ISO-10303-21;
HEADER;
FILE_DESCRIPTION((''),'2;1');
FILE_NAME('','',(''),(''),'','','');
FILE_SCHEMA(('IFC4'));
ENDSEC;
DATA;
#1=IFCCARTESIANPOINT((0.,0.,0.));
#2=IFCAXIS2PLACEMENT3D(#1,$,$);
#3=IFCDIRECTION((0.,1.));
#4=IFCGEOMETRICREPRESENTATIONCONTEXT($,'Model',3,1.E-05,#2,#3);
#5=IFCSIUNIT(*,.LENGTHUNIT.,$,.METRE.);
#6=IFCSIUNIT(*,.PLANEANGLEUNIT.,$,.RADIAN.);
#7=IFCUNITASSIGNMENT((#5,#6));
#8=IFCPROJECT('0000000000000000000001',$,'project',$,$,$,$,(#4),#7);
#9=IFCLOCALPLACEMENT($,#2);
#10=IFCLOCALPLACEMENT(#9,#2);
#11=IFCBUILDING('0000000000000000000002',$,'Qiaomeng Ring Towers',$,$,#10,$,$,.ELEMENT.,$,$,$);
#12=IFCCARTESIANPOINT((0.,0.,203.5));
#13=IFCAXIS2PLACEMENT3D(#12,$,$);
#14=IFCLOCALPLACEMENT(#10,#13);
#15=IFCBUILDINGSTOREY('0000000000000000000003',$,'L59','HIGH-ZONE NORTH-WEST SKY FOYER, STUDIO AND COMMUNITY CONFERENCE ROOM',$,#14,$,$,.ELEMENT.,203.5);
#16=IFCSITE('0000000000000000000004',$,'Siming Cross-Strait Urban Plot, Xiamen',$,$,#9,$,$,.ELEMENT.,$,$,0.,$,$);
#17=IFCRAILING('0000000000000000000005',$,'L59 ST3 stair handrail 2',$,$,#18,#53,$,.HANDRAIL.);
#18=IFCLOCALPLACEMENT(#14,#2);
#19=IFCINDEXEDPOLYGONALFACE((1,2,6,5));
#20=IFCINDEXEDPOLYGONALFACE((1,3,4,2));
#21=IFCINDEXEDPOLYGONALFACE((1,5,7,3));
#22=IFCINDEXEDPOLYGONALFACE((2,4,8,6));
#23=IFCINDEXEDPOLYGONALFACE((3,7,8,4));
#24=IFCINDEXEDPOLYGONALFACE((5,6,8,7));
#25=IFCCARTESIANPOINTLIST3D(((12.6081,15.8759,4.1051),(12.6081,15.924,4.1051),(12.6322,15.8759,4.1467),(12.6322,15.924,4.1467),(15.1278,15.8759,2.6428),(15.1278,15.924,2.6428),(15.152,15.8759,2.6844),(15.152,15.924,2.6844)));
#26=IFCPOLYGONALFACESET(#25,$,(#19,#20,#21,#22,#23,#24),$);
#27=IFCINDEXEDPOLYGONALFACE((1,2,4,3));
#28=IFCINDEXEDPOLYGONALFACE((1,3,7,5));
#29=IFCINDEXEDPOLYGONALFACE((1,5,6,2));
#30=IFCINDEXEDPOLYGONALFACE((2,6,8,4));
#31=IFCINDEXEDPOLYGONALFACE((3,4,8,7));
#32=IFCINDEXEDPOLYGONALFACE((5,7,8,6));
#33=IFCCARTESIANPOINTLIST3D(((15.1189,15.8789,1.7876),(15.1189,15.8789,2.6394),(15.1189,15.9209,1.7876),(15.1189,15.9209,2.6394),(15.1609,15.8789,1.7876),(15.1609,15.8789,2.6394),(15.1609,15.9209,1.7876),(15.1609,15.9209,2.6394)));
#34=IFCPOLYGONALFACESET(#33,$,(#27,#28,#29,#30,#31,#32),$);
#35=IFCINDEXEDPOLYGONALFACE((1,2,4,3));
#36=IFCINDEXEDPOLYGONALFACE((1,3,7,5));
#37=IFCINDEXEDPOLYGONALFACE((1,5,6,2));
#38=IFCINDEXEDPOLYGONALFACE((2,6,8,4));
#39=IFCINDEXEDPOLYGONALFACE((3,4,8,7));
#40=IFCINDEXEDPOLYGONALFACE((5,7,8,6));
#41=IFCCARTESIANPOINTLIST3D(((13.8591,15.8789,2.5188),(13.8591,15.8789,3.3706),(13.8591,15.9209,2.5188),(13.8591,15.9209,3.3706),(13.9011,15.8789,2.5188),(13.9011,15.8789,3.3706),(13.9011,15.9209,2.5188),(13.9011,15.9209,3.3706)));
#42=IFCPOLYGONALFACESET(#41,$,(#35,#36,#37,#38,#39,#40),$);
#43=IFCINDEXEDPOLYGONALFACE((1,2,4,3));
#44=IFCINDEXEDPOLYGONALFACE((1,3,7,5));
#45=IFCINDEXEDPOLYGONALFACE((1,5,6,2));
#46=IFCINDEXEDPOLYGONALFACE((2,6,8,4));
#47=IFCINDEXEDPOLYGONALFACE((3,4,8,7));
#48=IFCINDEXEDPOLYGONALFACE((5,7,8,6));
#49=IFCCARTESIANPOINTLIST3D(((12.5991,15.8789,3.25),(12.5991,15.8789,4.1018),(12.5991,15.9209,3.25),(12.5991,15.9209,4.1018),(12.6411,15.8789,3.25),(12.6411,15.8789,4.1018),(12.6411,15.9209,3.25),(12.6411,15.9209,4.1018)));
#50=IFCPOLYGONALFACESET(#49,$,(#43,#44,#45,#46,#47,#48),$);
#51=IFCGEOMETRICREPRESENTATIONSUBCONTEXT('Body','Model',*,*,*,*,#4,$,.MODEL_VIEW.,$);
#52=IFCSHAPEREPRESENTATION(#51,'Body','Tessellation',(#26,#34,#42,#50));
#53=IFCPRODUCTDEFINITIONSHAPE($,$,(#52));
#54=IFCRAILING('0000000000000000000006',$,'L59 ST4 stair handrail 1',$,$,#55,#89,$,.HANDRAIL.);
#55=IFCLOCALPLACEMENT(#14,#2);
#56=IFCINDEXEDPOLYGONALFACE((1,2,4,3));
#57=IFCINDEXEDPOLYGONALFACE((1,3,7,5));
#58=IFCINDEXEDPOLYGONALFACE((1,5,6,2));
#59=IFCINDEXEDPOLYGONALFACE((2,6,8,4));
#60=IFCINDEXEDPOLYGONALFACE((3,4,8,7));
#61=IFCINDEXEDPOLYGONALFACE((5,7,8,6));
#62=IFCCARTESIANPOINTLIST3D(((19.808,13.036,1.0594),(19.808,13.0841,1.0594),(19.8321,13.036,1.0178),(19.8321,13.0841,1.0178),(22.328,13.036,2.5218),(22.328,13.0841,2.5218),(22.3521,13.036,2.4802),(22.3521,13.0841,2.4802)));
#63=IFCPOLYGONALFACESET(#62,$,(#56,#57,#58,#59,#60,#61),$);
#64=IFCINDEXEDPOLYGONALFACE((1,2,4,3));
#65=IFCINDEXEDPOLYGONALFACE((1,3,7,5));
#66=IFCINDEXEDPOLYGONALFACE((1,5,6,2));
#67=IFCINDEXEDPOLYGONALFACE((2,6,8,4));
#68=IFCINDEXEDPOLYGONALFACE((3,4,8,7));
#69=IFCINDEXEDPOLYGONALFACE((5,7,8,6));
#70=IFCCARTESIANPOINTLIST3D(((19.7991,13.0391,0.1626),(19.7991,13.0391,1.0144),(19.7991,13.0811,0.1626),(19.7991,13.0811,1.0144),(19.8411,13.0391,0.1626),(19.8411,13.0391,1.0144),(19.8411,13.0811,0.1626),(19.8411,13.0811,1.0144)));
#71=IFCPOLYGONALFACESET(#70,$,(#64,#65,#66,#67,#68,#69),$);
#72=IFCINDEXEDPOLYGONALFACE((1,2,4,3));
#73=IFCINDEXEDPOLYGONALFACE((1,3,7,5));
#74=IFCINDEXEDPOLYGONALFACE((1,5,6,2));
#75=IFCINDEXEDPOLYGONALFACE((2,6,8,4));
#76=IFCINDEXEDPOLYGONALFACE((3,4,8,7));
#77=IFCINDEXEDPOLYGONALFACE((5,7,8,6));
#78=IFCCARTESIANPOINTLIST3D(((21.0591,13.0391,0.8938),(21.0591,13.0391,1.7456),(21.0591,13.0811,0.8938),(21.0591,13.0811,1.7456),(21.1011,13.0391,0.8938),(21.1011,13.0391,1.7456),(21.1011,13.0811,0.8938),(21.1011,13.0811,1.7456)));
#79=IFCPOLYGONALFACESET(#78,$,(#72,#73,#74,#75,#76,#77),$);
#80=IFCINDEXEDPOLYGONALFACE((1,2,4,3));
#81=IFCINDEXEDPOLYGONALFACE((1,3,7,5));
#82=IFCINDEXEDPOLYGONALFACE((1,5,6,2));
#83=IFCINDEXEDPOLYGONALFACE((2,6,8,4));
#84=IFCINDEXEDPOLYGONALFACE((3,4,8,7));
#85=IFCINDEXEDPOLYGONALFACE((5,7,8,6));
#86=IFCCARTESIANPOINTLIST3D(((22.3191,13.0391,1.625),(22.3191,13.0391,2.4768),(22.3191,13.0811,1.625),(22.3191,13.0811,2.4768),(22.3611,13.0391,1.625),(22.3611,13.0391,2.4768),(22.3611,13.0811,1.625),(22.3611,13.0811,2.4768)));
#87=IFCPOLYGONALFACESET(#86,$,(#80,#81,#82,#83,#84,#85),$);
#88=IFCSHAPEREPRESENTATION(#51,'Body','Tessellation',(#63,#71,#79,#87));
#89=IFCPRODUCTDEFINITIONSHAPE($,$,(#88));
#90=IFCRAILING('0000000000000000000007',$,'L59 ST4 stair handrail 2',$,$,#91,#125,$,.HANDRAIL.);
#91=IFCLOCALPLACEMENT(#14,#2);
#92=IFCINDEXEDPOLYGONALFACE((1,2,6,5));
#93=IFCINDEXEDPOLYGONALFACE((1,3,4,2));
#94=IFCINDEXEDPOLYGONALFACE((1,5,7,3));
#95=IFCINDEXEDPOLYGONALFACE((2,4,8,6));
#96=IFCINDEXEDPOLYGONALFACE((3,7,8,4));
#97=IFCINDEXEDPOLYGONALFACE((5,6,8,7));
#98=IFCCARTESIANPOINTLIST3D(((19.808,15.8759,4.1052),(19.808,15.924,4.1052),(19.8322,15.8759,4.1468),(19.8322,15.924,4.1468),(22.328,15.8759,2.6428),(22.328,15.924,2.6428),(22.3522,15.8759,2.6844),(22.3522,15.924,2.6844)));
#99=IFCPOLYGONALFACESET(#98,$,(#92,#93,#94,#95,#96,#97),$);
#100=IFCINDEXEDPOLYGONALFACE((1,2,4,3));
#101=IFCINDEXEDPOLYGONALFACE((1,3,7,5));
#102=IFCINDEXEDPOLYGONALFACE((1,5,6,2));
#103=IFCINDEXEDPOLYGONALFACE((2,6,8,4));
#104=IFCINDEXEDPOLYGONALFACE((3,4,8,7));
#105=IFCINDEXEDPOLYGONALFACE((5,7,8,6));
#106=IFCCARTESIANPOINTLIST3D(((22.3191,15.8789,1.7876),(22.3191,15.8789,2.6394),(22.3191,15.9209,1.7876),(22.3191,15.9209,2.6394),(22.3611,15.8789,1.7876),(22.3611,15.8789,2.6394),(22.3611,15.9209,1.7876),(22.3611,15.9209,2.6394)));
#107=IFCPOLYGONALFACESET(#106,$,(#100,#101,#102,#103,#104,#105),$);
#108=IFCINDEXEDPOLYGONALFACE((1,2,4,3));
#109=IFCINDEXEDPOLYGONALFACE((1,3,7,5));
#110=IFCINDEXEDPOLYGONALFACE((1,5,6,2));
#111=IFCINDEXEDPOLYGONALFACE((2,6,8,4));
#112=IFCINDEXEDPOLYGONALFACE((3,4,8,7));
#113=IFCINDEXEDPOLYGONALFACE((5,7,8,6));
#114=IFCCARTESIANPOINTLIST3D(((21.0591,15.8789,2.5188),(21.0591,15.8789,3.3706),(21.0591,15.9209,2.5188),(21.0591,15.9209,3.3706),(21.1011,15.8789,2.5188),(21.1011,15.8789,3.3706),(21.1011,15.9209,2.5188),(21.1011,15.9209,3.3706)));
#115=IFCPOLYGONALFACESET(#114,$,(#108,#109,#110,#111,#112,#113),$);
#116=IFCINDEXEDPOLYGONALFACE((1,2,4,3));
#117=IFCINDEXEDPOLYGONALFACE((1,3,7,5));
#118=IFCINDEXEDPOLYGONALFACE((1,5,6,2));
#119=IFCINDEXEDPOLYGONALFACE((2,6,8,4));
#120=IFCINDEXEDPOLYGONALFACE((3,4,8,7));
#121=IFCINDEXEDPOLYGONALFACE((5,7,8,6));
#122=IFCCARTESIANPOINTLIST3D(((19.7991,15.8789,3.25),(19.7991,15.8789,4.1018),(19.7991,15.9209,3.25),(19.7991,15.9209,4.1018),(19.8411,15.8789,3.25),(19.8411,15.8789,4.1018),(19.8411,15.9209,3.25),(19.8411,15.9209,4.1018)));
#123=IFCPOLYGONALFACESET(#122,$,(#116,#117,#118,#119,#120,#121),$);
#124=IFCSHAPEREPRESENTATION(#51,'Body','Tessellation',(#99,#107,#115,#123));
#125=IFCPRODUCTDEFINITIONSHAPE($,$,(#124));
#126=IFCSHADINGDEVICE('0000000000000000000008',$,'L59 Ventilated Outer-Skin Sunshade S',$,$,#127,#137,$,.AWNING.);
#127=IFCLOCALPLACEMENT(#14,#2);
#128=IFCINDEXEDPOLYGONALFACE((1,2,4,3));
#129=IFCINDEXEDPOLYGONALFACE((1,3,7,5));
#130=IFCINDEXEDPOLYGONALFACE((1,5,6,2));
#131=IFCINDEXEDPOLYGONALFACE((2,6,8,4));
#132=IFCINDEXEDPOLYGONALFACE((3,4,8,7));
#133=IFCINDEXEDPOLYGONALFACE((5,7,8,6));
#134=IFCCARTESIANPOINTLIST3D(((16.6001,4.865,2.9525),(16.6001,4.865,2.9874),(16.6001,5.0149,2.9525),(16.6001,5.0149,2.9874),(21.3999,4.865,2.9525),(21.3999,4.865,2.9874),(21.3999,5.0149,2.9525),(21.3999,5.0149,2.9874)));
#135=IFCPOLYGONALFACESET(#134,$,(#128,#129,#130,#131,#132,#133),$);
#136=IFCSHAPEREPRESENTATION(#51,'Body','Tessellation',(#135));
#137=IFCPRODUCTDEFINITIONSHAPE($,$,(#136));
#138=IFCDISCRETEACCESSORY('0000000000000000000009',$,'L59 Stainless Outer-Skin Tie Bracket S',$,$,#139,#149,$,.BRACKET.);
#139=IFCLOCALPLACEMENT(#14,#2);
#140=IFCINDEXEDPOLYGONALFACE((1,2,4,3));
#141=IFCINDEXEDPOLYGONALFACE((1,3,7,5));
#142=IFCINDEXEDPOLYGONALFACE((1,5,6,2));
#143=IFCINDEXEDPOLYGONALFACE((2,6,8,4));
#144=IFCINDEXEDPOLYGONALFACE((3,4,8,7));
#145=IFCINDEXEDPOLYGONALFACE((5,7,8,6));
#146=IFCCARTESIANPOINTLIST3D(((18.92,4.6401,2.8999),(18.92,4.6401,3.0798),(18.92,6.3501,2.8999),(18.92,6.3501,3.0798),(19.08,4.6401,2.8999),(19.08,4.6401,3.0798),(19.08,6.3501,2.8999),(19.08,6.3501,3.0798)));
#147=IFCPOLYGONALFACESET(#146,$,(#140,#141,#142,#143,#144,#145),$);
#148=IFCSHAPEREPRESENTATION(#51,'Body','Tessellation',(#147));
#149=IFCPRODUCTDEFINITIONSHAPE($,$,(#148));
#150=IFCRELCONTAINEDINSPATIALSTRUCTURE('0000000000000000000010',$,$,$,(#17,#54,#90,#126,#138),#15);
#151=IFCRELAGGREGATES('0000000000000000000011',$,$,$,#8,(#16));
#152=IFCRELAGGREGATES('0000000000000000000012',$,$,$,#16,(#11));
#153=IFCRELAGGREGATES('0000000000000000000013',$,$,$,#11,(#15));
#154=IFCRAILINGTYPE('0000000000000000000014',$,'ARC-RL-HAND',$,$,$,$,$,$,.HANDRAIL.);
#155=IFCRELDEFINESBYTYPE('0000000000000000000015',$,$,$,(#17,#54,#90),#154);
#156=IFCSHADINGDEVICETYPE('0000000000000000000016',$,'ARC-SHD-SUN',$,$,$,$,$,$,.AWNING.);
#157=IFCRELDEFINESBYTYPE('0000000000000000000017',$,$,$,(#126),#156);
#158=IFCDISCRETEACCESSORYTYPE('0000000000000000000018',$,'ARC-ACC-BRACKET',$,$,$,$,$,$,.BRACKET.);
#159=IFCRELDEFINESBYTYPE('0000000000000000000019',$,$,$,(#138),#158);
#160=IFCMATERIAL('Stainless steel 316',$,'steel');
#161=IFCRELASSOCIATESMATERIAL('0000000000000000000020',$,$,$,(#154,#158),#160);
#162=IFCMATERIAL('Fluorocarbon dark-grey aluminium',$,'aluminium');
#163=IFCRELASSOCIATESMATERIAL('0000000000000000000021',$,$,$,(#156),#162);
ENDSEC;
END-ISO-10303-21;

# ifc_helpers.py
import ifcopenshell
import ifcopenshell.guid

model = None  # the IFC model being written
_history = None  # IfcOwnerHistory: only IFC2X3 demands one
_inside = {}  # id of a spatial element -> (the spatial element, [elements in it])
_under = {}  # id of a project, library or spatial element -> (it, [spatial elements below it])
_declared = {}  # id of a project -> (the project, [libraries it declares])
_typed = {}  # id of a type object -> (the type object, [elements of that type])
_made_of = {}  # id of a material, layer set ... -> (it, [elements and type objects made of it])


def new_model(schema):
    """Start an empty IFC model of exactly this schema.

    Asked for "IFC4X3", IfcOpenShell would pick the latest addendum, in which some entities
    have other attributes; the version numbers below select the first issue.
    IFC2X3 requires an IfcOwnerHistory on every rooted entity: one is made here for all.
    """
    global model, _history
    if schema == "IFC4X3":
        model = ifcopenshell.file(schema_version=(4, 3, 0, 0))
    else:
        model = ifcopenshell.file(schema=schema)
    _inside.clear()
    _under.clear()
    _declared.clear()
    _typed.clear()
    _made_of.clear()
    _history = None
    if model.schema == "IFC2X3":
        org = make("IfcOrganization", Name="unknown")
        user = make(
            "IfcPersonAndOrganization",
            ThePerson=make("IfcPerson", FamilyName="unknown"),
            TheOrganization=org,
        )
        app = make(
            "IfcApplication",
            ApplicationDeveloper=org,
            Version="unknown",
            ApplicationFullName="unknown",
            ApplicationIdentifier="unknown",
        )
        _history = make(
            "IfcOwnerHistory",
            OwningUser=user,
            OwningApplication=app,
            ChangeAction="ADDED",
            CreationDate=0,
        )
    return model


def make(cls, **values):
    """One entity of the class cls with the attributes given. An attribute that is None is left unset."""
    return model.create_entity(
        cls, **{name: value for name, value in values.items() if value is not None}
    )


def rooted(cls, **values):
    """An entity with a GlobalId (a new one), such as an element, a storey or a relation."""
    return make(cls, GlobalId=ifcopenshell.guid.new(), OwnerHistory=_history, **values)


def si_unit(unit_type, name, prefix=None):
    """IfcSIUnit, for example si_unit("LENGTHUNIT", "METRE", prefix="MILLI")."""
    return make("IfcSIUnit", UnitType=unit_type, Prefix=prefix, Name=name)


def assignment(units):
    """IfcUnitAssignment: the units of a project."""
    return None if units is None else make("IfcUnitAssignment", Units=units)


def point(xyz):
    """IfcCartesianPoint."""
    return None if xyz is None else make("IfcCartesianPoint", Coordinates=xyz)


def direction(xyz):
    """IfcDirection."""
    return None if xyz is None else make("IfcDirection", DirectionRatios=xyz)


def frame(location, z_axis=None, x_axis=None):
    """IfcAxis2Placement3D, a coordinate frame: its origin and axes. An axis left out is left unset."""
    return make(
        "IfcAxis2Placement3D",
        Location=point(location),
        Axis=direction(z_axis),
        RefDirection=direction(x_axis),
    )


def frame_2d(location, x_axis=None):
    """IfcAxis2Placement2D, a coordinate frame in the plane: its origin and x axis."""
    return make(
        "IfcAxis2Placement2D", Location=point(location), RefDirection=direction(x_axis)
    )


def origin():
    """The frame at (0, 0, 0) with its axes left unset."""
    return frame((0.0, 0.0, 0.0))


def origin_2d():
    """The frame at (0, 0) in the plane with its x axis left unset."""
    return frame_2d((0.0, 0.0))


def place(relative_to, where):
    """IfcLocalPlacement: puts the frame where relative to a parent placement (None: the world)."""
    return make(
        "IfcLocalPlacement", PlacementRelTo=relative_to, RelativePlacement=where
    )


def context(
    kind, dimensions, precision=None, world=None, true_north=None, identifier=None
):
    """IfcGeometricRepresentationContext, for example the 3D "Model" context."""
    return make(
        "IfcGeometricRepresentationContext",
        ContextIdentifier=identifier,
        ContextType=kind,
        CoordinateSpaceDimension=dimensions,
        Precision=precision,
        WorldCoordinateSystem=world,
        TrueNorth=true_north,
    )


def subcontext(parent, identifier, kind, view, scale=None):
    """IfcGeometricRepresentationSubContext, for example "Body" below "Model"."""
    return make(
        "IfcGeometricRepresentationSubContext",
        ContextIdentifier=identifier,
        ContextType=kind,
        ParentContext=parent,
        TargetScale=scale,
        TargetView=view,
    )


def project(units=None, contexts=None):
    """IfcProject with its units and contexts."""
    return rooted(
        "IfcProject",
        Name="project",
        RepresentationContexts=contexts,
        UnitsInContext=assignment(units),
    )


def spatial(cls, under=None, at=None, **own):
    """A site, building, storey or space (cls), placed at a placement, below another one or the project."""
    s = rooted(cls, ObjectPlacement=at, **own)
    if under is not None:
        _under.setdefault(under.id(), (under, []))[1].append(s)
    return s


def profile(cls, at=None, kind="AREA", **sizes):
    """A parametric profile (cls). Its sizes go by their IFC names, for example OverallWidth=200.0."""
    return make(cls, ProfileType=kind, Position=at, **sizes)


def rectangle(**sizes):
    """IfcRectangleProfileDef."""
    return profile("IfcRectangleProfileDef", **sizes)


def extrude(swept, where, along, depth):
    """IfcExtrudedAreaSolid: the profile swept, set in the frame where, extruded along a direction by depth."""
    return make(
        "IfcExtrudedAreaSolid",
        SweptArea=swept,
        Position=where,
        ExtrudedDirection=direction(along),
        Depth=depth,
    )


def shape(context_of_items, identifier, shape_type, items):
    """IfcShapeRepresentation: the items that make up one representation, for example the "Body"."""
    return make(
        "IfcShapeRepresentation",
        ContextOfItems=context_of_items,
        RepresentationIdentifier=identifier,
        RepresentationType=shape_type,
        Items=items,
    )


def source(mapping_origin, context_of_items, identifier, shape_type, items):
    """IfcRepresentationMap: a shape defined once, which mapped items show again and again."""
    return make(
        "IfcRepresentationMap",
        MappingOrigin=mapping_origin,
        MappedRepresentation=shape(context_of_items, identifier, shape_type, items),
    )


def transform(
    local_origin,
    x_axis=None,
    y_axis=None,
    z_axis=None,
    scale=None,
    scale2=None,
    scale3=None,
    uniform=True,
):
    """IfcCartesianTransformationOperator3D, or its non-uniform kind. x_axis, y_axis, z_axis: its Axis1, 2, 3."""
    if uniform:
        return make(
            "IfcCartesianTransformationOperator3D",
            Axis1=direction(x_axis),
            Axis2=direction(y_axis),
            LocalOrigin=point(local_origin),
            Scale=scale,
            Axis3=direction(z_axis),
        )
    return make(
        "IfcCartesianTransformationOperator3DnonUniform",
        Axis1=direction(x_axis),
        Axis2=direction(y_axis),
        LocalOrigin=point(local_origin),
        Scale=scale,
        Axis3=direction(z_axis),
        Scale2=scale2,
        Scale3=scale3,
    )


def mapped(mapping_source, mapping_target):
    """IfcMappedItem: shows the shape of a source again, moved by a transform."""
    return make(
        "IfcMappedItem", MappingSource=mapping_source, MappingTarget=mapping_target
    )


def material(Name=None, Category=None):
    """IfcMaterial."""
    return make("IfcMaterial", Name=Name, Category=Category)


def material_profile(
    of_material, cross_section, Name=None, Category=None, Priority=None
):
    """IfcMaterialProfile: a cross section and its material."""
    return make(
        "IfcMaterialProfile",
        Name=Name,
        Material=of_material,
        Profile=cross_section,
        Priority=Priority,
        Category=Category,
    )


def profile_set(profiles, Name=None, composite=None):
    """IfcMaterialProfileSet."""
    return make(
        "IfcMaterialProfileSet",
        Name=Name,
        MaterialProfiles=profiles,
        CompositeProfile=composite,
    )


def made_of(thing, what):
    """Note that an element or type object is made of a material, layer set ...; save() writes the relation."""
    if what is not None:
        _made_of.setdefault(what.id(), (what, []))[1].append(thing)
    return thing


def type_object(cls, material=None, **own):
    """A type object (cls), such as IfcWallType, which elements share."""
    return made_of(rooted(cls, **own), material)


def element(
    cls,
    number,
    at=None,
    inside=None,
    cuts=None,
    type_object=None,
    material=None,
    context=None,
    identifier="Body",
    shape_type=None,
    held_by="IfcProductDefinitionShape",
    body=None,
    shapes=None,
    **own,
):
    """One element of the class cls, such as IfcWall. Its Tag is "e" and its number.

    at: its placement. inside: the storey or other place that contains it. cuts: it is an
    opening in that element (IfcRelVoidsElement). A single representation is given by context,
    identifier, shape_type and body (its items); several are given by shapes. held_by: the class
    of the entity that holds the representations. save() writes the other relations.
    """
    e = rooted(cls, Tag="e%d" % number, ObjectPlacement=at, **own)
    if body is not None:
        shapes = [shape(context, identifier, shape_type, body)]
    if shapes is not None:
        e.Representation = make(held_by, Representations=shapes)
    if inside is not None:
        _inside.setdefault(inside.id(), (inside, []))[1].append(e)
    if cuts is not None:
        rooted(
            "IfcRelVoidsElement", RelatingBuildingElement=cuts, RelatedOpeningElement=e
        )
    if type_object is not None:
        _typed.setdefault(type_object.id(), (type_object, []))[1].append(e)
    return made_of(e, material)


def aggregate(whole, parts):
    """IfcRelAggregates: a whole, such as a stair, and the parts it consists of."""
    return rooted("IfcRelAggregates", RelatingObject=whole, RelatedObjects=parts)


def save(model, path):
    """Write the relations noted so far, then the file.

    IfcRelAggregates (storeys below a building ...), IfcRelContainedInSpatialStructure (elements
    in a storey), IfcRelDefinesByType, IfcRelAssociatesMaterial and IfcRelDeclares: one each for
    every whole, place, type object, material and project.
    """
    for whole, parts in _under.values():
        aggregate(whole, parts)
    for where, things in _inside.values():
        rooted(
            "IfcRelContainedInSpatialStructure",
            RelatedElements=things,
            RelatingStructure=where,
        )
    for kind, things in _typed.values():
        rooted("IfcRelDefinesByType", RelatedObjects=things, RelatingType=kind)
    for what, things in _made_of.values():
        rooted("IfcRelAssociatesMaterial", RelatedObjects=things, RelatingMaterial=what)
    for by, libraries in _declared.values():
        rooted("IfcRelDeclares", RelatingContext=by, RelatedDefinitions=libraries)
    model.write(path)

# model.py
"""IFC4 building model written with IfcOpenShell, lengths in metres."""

from ifc_helpers import new_model, si_unit, direction, frame, origin, origin_2d, place, context, subcontext, project, spatial, rectangle, extrude, source, transform, mapped, material, material_profile, profile_set, type_object, element, save


model = new_model("IFC4")

# Units and contexts
model_context = context("Model", 3, precision=1e-05, world=origin(), true_north=direction((0.0, 1.0)))
body_context = subcontext(model_context, "Body", "Model", "MODEL_VIEW")
ifc_project = project(units=[si_unit("LENGTHUNIT", "METRE"), si_unit("PLANEANGLEUNIT", "RADIAN")], contexts=[model_context])

# Site, building, storey
site_placement = place(None, origin())
site = spatial("IfcSite", under=ifc_project, at=site_placement, Name="Siming Cross-Strait Urban Plot, Xiamen", CompositionType="ELEMENT", RefElevation=0.0)
building_placement = place(site_placement, origin())
building = spatial("IfcBuilding", under=site, at=building_placement, Name="Qiaomeng Ring Towers", CompositionType="ELEMENT")
storey_placement = place(building_placement, frame((0.0, 0.0, 203.5)))
storey = spatial("IfcBuildingStorey", under=building, at=storey_placement, Name="L59", Description="HIGH-ZONE NORTH-WEST SKY FOYER, STUDIO AND COMMUNITY CONFERENCE ROOM", CompositionType="ELEMENT", Elevation=203.5)

# Shared definitions
ifc_material_1 = material(Name="Fluorocarbon dark-grey aluminium", Category="aluminium")

# Railings
ifc_material_2 = material(Name="Stainless steel 316", Category="steel")
railing_type_1 = type_object("IfcRailingType", Name="ARC-RL-HAND", PredefinedType="HANDRAIL", material=ifc_material_2)
railing_1_placement = place(storey_placement, frame((15.1399, 15.8999, 1.7876)))
element("IfcRailing", 1, at=railing_1_placement, inside=storey, type_object=railing_type_1, Name="L59 ST3 stair handrail 2", PredefinedType="HANDRAIL", context=body_context, shape_type="SweptSolid", body=[
    extrude(rectangle(XDim=0.0481, YDim=0.0481, at=origin_2d()), frame((0.0, 0.0, 0.876), z_axis=(-0.864892, 0.0, 0.501958), x_axis=(0.0, -1.0, 0.0)), (0.0, 0.0, 1.0), 2.9133),
    extrude(rectangle(XDim=0.042, YDim=0.042, at=origin_2d()), origin(), (0.0, 0.0, 1.0), 0.8518),
    extrude(rectangle(XDim=0.042, YDim=0.042, at=origin_2d()), frame((-1.2598, 0.0, 0.7312)), (0.0, 0.0, 1.0), 0.8518),
    extrude(rectangle(XDim=0.042, YDim=0.042, at=origin_2d()), frame((-2.5198, 0.0, 1.4624)), (0.0, 0.0, 1.0), 0.8518),
])
railing_2_placement = place(storey_placement, frame((19.8201, 13.0601, 0.1626)))
element("IfcRailing", 2, at=railing_2_placement, inside=storey, type_object=railing_type_1, Name="L59 ST4 stair handrail 1", PredefinedType="HANDRAIL", context=body_context, shape_type="SweptSolid", body=[
    extrude(rectangle(XDim=0.0481, YDim=0.0481, at=origin_2d()), frame((0.0, 0.0, 0.876), z_axis=(0.864913, 0.0, 0.501921), x_axis=(0.0, 1.0, 0.0)), (0.0, 0.0, 1.0), 2.9136),
    extrude(rectangle(XDim=0.042, YDim=0.042, at=origin_2d()), origin(), (0.0, 0.0, 1.0), 0.8518),
    extrude(rectangle(XDim=0.042, YDim=0.042, at=origin_2d()), frame((1.26, 0.0, 0.7312)), (0.0, 0.0, 1.0), 0.8518),
    extrude(rectangle(XDim=0.042, YDim=0.042, at=origin_2d()), frame((2.52, 0.0, 1.4624)), (0.0, 0.0, 1.0), 0.8518),
])
railing_3_placement = place(storey_placement, frame((22.3401, 15.8999, 1.7876)))
element("IfcRailing", 3, at=railing_3_placement, inside=storey, type_object=railing_type_1, Name="L59 ST4 stair handrail 2", PredefinedType="HANDRAIL", context=body_context, shape_type="SweptSolid", body=[
    extrude(rectangle(XDim=0.0481, YDim=0.0481, at=origin_2d()), frame((0.0, 0.0, 0.876), z_axis=(-0.864913, 0.0, 0.501921), x_axis=(0.0, -1.0, 0.0)), (0.0, 0.0, 1.0), 2.9136),
    extrude(rectangle(XDim=0.042, YDim=0.042, at=origin_2d()), origin(), (0.0, 0.0, 1.0), 0.8518),
    extrude(rectangle(XDim=0.042, YDim=0.042, at=origin_2d()), frame((-1.26, 0.0, 0.7312)), (0.0, 0.0, 1.0), 0.8518),
    extrude(rectangle(XDim=0.042, YDim=0.042, at=origin_2d()), frame((-2.52, 0.0, 1.4624)), (0.0, 0.0, 1.0), 0.8518),
])

# Shading device
ifc_material_profile_1 = material_profile(ifc_material_1, rectangle(XDim=0.1499, YDim=0.0349, at=origin_2d()), Name="LV BLADE 150x35")
ifc_profile_set_1 = profile_set([ifc_material_profile_1], Name="Fluorocarbon dark-grey aluminium")
shading_device_type = type_object("IfcShadingDeviceType", Name="ARC-SHD-SUN", PredefinedType="AWNING", material=ifc_profile_set_1)
shared_shape_1 = source(origin(), body_context, "Body", "SweptSolid", [
    extrude(rectangle(XDim=0.1499, YDim=0.0349, at=origin_2d()), origin(), (0.0, 0.0, 1.0), 4.7998),
])
shading_device_placement = place(storey_placement, frame((16.6001, 4.9399, 2.97), z_axis=(1.0, 0.0, 0.0), x_axis=(0.0, 1.0, 0.0)))
element("IfcShadingDevice", 4, at=shading_device_placement, inside=storey, type_object=shading_device_type, Name="L59 Ventilated Outer-Skin Sunshade S", PredefinedType="AWNING", context=body_context, shape_type="MappedRepresentation", body=[
    mapped(shared_shape_1, transform((0.0, 0.0, 0.0), x_axis=(1.0, 0.0, 0.0), y_axis=(0.0, 1.0, 0.0), z_axis=(0.0, 0.0, 1.0), scale=1.0)),
])

# Discrete accessory
discrete_accessory_type = type_object("IfcDiscreteAccessoryType", Name="ARC-ACC-BRACKET", PredefinedType="BRACKET", material=ifc_material_2)
shared_shape_2 = source(origin(), body_context, "Body", "SweptSolid", [
    extrude(rectangle(XDim=0.1599, YDim=1.71, at=origin_2d()), origin(), (0.0, 0.0, 1.0), 0.1799),
])
discrete_accessory_placement = place(storey_placement, frame((19.0, 5.4951, 2.8999), z_axis=(0.0, 0.0, 1.0), x_axis=(1.0, 0.0, 0.0)))
element("IfcDiscreteAccessory", 5, at=discrete_accessory_placement, inside=storey, type_object=discrete_accessory_type, Name="L59 Stainless Outer-Skin Tie Bracket S", PredefinedType="BRACKET", context=body_context, shape_type="MappedRepresentation", body=[
    mapped(shared_shape_2, transform((0.0, 0.0, 0.0), x_axis=(1.0, 0.0, 0.0), y_axis=(0.0, 1.0, 0.0), z_axis=(0.0, 0.0, 1.0), scale=1.0)),
])

save(model, "model.ifc")
